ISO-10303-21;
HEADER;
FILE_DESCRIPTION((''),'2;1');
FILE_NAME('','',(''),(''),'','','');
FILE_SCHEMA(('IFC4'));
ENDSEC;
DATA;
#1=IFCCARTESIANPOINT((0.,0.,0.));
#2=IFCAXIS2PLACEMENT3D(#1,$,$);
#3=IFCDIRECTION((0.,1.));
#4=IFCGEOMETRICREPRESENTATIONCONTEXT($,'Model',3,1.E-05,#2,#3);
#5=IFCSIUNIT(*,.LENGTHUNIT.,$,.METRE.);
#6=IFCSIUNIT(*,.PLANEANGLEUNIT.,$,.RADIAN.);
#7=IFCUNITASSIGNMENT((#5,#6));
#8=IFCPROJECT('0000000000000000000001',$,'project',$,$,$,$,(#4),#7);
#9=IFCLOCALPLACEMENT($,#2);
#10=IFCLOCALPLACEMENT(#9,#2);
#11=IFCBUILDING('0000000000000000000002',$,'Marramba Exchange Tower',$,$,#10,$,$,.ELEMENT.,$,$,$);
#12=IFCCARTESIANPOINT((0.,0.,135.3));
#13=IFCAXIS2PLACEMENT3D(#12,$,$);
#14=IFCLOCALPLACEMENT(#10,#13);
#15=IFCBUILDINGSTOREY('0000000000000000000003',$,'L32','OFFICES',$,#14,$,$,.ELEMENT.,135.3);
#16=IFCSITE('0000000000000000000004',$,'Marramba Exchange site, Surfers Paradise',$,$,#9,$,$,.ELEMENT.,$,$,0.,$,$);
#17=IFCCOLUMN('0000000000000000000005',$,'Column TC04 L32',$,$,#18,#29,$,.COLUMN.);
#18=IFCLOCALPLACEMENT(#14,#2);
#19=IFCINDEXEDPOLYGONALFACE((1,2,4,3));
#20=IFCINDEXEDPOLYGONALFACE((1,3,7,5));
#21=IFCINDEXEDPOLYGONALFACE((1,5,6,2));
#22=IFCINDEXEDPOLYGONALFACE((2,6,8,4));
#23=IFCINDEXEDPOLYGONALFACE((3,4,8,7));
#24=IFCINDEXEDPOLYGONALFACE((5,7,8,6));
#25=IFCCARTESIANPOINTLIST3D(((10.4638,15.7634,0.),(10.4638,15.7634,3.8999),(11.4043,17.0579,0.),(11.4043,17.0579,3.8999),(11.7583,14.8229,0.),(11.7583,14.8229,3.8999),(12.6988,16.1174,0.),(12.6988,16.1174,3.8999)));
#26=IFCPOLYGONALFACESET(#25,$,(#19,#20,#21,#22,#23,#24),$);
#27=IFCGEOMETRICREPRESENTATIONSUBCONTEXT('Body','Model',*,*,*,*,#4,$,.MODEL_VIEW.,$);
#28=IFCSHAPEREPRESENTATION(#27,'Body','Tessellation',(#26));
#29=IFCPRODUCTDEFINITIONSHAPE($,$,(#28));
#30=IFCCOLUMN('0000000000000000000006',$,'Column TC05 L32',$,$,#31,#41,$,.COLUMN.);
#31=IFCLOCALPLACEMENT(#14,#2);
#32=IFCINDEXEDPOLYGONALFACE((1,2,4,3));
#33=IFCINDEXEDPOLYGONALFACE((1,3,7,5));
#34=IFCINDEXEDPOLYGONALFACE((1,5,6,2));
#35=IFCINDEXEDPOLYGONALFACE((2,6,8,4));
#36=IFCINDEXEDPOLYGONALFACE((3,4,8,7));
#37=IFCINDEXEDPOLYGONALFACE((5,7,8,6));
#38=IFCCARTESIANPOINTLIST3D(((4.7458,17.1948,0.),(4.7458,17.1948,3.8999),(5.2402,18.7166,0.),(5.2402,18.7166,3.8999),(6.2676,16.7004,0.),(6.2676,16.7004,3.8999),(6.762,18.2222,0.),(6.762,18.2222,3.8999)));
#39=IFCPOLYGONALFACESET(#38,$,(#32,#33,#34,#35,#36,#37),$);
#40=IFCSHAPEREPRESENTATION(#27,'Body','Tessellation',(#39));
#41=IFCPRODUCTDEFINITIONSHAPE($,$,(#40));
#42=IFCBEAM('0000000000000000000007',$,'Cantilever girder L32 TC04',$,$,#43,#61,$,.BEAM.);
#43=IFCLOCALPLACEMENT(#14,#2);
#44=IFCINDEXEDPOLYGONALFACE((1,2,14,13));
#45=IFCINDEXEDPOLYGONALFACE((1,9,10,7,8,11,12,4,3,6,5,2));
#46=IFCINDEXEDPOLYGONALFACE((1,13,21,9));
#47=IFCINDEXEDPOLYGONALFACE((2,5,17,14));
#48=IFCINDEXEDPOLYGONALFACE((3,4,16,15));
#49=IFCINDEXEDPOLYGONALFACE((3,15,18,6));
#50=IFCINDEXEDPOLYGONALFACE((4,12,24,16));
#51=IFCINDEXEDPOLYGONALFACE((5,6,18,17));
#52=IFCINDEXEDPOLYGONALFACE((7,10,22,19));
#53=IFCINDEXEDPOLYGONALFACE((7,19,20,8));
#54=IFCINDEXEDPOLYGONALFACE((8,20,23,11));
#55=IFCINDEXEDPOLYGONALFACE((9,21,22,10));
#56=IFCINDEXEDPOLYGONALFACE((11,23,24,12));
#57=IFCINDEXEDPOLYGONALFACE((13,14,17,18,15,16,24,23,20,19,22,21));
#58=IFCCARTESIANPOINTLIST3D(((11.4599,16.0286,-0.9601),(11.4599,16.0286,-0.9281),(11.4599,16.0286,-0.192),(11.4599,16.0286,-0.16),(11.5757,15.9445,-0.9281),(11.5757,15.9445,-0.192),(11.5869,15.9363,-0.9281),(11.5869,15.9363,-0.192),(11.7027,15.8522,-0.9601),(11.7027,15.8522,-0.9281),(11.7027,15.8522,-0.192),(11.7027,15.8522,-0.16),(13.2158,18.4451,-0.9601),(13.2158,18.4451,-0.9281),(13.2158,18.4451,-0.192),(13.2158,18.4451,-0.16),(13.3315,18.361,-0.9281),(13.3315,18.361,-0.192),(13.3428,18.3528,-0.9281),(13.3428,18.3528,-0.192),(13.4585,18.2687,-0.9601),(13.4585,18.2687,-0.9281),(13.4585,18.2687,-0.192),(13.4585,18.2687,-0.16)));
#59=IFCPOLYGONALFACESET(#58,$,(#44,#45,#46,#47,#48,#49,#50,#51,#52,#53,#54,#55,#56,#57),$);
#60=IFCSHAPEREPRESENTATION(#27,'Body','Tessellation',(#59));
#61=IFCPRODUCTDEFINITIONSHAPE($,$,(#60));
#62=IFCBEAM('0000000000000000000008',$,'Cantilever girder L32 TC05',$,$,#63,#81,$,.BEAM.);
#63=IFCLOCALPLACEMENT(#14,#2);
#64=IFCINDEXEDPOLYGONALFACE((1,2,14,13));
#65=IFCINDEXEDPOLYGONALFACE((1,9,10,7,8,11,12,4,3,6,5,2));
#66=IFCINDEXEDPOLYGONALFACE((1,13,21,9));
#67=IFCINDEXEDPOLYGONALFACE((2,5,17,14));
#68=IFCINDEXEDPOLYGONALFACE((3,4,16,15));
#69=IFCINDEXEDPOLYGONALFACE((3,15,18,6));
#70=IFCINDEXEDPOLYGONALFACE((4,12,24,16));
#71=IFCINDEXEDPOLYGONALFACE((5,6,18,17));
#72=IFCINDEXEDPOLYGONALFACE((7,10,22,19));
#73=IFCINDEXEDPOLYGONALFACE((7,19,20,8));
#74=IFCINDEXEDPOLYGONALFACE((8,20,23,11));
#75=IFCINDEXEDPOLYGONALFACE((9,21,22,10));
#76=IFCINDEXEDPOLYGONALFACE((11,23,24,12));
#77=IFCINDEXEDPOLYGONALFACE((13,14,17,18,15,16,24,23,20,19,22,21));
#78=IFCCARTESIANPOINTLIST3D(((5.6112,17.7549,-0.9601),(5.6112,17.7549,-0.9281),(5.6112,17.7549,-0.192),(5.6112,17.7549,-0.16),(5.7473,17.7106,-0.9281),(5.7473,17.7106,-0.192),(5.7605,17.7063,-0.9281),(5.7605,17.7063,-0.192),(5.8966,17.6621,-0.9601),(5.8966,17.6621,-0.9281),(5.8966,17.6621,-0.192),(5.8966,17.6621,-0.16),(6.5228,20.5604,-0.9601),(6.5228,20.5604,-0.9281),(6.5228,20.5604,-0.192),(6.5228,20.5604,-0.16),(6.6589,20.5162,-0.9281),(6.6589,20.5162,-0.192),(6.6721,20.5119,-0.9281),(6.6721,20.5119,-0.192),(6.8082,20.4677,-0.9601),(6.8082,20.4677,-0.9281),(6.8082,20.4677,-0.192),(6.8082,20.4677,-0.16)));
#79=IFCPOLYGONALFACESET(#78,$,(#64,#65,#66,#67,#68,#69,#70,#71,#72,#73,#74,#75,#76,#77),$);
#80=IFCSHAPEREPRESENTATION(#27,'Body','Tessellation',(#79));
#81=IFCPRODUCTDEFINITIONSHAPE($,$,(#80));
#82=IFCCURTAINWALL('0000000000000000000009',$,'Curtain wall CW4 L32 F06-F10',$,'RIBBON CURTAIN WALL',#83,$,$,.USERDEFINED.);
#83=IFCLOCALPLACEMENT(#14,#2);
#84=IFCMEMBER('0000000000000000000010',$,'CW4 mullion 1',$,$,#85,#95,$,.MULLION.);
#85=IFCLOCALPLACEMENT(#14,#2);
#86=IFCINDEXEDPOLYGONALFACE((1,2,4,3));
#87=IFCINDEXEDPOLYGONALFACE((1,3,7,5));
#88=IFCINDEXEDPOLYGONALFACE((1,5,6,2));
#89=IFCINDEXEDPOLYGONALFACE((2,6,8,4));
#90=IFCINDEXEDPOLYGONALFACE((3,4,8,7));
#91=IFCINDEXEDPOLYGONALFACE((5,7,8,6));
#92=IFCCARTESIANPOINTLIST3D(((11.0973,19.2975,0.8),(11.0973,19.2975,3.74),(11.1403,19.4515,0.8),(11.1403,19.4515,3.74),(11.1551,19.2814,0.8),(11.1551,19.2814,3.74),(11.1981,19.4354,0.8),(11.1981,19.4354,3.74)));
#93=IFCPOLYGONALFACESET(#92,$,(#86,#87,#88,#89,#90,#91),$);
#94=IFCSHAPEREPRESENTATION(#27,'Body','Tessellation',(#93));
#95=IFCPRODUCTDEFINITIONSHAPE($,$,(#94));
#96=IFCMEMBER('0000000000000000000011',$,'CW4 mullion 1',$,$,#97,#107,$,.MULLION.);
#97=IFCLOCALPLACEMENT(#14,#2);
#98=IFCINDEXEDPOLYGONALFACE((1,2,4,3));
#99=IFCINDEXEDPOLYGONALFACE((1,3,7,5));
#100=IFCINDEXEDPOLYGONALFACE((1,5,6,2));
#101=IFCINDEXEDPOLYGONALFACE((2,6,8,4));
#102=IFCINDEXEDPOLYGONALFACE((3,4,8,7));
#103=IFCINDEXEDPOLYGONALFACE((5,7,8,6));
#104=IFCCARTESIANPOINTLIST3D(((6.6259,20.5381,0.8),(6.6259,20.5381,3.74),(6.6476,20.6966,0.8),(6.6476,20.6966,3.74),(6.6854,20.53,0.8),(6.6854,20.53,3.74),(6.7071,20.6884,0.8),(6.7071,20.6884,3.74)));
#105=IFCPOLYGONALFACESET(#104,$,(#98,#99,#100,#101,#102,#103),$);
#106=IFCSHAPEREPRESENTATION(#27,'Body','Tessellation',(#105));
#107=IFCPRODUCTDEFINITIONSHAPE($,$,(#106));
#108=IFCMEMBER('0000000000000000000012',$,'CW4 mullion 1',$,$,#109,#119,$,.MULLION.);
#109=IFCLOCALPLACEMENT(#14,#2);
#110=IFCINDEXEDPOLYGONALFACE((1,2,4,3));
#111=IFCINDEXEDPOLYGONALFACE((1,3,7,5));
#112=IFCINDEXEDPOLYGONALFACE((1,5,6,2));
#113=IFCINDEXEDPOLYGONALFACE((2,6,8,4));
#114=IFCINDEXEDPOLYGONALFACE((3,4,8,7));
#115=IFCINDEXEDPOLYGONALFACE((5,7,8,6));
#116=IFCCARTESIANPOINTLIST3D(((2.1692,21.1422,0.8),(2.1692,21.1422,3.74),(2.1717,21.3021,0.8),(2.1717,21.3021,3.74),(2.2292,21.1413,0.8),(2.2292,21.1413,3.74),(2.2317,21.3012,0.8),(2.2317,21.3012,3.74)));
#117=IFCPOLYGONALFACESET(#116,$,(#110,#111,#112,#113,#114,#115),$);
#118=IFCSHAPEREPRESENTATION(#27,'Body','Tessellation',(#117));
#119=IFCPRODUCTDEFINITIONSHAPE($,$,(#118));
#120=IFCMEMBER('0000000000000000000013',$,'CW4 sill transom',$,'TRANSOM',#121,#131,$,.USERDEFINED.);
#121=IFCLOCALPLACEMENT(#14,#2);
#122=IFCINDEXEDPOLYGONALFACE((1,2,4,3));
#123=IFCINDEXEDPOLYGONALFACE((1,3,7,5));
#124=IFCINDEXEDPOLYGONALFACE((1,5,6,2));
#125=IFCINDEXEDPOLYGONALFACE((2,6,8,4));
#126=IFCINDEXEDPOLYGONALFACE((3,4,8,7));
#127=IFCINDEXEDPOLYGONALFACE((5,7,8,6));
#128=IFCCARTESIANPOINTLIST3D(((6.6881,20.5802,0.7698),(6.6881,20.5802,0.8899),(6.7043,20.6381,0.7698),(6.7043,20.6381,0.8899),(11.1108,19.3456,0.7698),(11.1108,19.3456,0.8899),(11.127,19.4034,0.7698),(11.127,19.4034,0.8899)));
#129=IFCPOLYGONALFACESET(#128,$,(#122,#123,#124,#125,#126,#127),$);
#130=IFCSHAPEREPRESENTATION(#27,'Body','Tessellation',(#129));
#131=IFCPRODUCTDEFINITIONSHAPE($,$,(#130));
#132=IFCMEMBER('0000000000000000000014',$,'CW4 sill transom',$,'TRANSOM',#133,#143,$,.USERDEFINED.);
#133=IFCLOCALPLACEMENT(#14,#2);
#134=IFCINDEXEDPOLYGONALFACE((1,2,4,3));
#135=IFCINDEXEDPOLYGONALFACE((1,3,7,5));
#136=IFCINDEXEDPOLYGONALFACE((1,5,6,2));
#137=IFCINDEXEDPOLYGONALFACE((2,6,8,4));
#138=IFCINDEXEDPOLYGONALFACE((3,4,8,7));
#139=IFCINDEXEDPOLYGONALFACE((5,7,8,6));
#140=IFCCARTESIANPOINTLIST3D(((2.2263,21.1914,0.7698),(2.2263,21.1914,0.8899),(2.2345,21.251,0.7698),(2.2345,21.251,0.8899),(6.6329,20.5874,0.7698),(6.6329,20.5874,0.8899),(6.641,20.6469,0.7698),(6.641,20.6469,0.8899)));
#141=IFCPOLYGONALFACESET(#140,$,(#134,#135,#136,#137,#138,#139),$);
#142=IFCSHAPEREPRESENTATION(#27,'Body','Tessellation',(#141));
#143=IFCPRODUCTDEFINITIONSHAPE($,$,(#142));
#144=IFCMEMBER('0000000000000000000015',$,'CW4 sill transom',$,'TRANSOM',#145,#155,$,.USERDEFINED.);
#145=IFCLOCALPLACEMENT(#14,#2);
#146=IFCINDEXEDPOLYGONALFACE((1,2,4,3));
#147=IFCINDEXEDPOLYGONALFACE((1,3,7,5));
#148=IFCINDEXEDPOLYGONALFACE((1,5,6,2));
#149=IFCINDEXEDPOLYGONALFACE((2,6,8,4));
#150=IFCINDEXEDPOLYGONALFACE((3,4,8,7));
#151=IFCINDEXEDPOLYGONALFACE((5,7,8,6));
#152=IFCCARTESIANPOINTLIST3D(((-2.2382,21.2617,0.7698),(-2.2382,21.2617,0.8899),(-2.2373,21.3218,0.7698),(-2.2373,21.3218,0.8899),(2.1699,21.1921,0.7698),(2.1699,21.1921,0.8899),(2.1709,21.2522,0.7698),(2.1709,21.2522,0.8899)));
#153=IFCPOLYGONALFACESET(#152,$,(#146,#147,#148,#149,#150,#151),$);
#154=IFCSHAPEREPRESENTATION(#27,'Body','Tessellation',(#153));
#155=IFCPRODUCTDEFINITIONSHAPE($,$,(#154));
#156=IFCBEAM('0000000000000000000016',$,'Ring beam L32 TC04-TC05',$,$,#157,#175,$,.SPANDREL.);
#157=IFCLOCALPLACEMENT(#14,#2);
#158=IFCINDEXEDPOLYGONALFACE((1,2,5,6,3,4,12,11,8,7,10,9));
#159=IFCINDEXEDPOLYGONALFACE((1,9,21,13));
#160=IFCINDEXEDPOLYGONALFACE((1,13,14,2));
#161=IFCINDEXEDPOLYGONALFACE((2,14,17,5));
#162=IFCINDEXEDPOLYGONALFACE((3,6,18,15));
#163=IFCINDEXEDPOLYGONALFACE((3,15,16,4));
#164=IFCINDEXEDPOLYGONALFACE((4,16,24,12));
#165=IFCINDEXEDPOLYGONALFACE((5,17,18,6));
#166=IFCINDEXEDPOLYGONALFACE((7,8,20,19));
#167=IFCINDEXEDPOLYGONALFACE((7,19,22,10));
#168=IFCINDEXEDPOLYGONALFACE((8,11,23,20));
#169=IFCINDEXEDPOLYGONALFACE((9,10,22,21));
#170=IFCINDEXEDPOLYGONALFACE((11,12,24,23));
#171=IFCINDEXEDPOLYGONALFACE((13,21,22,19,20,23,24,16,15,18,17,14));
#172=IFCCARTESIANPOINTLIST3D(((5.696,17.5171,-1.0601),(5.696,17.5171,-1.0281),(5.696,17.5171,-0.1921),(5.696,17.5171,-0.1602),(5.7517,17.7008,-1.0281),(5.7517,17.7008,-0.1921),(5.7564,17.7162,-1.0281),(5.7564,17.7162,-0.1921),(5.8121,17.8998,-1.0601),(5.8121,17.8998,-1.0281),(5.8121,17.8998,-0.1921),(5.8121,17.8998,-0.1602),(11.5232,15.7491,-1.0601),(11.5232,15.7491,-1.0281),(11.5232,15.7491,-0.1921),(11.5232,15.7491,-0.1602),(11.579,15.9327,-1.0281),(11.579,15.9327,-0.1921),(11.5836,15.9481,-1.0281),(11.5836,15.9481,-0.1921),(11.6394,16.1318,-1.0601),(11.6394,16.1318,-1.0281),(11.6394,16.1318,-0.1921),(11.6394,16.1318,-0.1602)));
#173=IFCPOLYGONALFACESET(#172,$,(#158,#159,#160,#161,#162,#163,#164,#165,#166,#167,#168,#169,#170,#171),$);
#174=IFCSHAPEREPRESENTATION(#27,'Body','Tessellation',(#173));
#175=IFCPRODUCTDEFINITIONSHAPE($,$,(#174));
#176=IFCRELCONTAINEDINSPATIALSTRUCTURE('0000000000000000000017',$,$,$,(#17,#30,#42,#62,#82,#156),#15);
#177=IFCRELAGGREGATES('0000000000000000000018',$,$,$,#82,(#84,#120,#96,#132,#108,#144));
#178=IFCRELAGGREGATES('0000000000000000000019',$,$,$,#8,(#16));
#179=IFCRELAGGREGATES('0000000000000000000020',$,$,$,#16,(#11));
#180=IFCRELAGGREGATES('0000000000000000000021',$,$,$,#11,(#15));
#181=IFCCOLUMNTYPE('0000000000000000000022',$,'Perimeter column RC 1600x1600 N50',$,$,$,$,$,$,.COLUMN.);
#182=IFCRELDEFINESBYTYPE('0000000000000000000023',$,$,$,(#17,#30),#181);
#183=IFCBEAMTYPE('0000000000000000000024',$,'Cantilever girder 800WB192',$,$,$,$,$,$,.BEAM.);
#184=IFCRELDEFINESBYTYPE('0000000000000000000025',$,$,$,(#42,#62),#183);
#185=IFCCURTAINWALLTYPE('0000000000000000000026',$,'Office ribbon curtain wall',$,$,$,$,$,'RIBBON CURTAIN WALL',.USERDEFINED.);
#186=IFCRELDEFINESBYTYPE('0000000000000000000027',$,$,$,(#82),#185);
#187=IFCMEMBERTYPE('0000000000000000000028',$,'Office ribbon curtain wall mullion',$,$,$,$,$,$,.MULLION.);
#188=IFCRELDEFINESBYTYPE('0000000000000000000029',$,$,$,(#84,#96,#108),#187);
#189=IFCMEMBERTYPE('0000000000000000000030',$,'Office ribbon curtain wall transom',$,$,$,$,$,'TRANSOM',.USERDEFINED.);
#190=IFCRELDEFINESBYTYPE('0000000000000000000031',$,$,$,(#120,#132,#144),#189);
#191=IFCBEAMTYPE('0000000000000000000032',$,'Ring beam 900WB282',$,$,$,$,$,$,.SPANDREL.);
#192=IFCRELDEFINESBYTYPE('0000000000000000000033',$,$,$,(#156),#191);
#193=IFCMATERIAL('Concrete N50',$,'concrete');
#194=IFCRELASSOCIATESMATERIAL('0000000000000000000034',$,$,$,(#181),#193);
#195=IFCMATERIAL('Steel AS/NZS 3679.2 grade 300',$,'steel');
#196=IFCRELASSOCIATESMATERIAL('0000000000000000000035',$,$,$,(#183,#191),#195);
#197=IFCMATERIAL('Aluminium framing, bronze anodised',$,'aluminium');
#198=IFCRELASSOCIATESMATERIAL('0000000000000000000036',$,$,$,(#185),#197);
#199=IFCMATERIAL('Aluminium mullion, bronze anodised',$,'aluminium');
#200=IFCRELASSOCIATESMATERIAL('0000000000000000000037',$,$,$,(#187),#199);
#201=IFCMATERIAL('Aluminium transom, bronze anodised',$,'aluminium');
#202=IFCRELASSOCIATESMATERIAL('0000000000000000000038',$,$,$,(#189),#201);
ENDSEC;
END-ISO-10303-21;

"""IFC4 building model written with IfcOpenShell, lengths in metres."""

from ifc_helpers import new_model, si_unit, direction, frame, origin, origin_2d, place, context, subcontext, project, spatial, rectangle, i_section, extrude, material, material_profile, profile_set, type_object, element, aggregate, save


model = new_model("IFC4")

# Units and contexts
model_context = context("Model", 3, precision=1e-05, world=origin(), true_north=direction((0.0, 1.0)))
body_context = subcontext(model_context, "Body", "Model", "MODEL_VIEW")
ifc_project = project(units=[si_unit("LENGTHUNIT", "METRE"), si_unit("PLANEANGLEUNIT", "RADIAN")], contexts=[model_context])

# Site, building, storey
site_placement = place(None, origin())
site = spatial("IfcSite", under=ifc_project, at=site_placement, Name="Marramba Exchange site, Surfers Paradise", CompositionType="ELEMENT", RefElevation=0.0)
building_placement = place(site_placement, origin())
building = spatial("IfcBuilding", under=site, at=building_placement, Name="Marramba Exchange Tower", CompositionType="ELEMENT")
storey_placement = place(building_placement, frame((0.0, 0.0, 135.3)))
storey = spatial("IfcBuildingStorey", under=building, at=storey_placement, Name="L32", Description="OFFICES", CompositionType="ELEMENT", Elevation=135.3)

# Columns
ifc_material_1 = material(Name="Concrete N50", Category="concrete")
ifc_material_profile_1 = material_profile(ifc_material_1, rectangle(XDim=1.6001, YDim=1.6001, at=origin_2d()), Name="RC 1600x1600")
ifc_profile_set_1 = profile_set([ifc_material_profile_1], Name="Concrete N50")
column_type = type_object("IfcColumnType", Name="Perimeter column RC 1600x1600 N50", PredefinedType="COLUMN", material=ifc_profile_set_1)
for number, where, z_axis, x_axis, name in (
    (1, (11.5813, 15.9404, 0.0), (0.0, 0.0, 1.0), (0.587785, 0.809017, 0.0), "Column TC04 L32"),
    (2, (5.7539, 17.7085, 0.0), (0.0, 0.0, 1.0), (0.309017, 0.951057, 0.0), "Column TC05 L32"),
):
    element("IfcColumn", number, at=place(storey_placement, frame(where, z_axis=z_axis, x_axis=x_axis)), inside=storey, type_object=column_type, Name=name, PredefinedType="COLUMN", context=body_context, shape_type="SweptSolid", body=[
        extrude(rectangle(XDim=1.6001, YDim=1.6001, at=origin_2d()), origin(), (0.0, 0.0, 1.0), 3.8999),
    ])

# Beams
ifc_material_2 = material(Name="Steel AS/NZS 3679.2 grade 300", Category="steel")
ifc_material_profile_2 = material_profile(ifc_material_2, i_section(OverallWidth=0.3, OverallDepth=0.8, WebThickness=0.0139, FlangeThickness=0.032, at=origin_2d()), Name="800WB192")
ifc_profile_set_2 = profile_set([ifc_material_profile_2], Name="Steel AS/NZS 3679.2 grade 300")
beam_type_1 = type_object("IfcBeamType", Name="Cantilever girder 800WB192", PredefinedType="BEAM", material=ifc_profile_set_2)
beam_1_placement = place(storey_placement, frame((11.5813, 15.9404, -0.5601), z_axis=(0.587822, 0.80899, 0.0), x_axis=(-0.80899, 0.587822, 0.0)))
element("IfcBeam", 3, at=beam_1_placement, inside=storey, type_object=beam_type_1, Name="Cantilever girder L32 TC04", PredefinedType="BEAM", context=body_context, shape_type="SweptSolid", body=[
    extrude(i_section(OverallWidth=0.3, OverallDepth=0.8, WebThickness=0.0139, FlangeThickness=0.032, at=origin_2d()), origin(), (0.0, 0.0, 1.0), 2.9871),
])
beam_2_placement = place(storey_placement, frame((5.7539, 17.7085, -0.5601), z_axis=(0.309019, 0.951056, 0.0), x_axis=(-0.951056, 0.309019, 0.0)))
element("IfcBeam", 4, at=beam_2_placement, inside=storey, type_object=beam_type_1, Name="Cantilever girder L32 TC05", PredefinedType="BEAM", context=body_context, shape_type="SweptSolid", body=[
    extrude(i_section(OverallWidth=0.3, OverallDepth=0.8, WebThickness=0.0139, FlangeThickness=0.032, at=origin_2d()), origin(), (0.0, 0.0, 1.0), 2.95),
])

# Curtain wall, members
ifc_material_3 = material(Name="Aluminium framing, bronze anodised", Category="aluminium")
curtain_wall_type = type_object("IfcCurtainWallType", Name="Office ribbon curtain wall", ElementType="RIBBON CURTAIN WALL", PredefinedType="USERDEFINED", material=ifc_material_3)
curtain_wall_placement = place(storey_placement, origin())
curtain_wall = element("IfcCurtainWall", 5, at=curtain_wall_placement, inside=storey, type_object=curtain_wall_type, Name="Curtain wall CW4 L32 F06-F10", ObjectType="RIBBON CURTAIN WALL", PredefinedType="USERDEFINED")
ifc_material_4 = material(Name="Aluminium mullion, bronze anodised", Category="aluminium")
ifc_material_profile_3 = material_profile(ifc_material_4, rectangle(XDim=0.1599, YDim=0.0601, at=origin_2d()), Name="CW4 mullion 60x160")
ifc_profile_set_3 = profile_set([ifc_material_profile_3], Name="Aluminium mullion, bronze anodised")
member_type_1 = type_object("IfcMemberType", Name="Office ribbon curtain wall mullion", PredefinedType="MULLION", material=ifc_profile_set_3)
member_1_placement = place(storey_placement, frame((11.1477, 19.3665, 0.8), z_axis=(0.0, 0.0, 1.0), x_axis=(-0.268865, -0.963178, 0.0)))
member_1 = element("IfcMember", 6, at=member_1_placement, type_object=member_type_1, Name="CW4 mullion 1", PredefinedType="MULLION", context=body_context, shape_type="SweptSolid", body=[
    extrude(rectangle(XDim=0.1599, YDim=0.0601, at=origin_2d()), origin(), (0.0, 0.0, 1.0), 2.9399),
])
member_2_placement = place(storey_placement, frame((6.6665, 20.6133, 0.8), z_axis=(0.0, 0.0, 1.0), x_axis=(-0.135786, -0.990738, 0.0)))
member_2 = element("IfcMember", 7, at=member_2_placement, type_object=member_type_1, Name="CW4 mullion 1", PredefinedType="MULLION", context=body_context, shape_type="SweptSolid", body=[
    extrude(rectangle(XDim=0.1599, YDim=0.0601, at=origin_2d()), origin(), (0.0, 0.0, 1.0), 2.9399),
])
member_3_placement = place(storey_placement, frame((2.2004, 21.2217, 0.8), z_axis=(0.0, 0.0, 1.0), x_axis=(-0.015756, -0.999876, 0.0)))
member_3 = element("IfcMember", 8, at=member_3_placement, type_object=member_type_1, Name="CW4 mullion 1", PredefinedType="MULLION", context=body_context, shape_type="SweptSolid", body=[
    extrude(rectangle(XDim=0.1599, YDim=0.0601, at=origin_2d()), origin(), (0.0, 0.0, 1.0), 2.9399),
])
ifc_material_5 = material(Name="Aluminium transom, bronze anodised", Category="aluminium")
ifc_material_profile_4 = material_profile(ifc_material_5, rectangle(XDim=0.0601, YDim=0.1201, at=origin_2d()), Name="CW4 transom 60x120")
ifc_profile_set_4 = profile_set([ifc_material_profile_4], Name="Aluminium transom, bronze anodised")
member_type_2 = type_object("IfcMemberType", Name="Office ribbon curtain wall transom", ElementType="TRANSOM", PredefinedType="USERDEFINED", material=ifc_profile_set_4)
member_4_placement = place(storey_placement, frame((11.1189, 19.3745, 0.8298), z_axis=(-0.963174, 0.26888, 0.0), x_axis=(-0.26888, -0.963174, 0.0)))
member_4 = element("IfcMember", 9, at=member_4_placement, type_object=member_type_2, Name="CW4 sill transom", ObjectType="TRANSOM", PredefinedType="USERDEFINED", context=body_context, shape_type="SweptSolid", body=[
    extrude(rectangle(XDim=0.0601, YDim=0.1201, at=origin_2d()), origin(), (0.0, 0.0, 1.0), 4.5918),
])
member_5_placement = place(storey_placement, frame((6.637, 20.6172, 0.8298), z_axis=(-0.990736, 0.135801, 0.0), x_axis=(-0.135801, -0.990736, 0.0)))
member_5 = element("IfcMember", 10, at=member_5_placement, type_object=member_type_2, Name="CW4 sill transom", ObjectType="TRANSOM", PredefinedType="USERDEFINED", context=body_context, shape_type="SweptSolid", body=[
    extrude(rectangle(XDim=0.0601, YDim=0.1201, at=origin_2d()), origin(), (0.0, 0.0, 1.0), 4.4478),
])
member_6_placement = place(storey_placement, frame((2.1704, 21.2222, 0.8298), z_axis=(-0.999875, 0.015782, 0.0), x_axis=(-0.015782, -0.999875, 0.0)))
member_6 = element("IfcMember", 11, at=member_6_placement, type_object=member_type_2, Name="CW4 sill transom", ObjectType="TRANSOM", PredefinedType="USERDEFINED", context=body_context, shape_type="SweptSolid", body=[
    extrude(rectangle(XDim=0.0601, YDim=0.1201, at=origin_2d()), origin(), (0.0, 0.0, 1.0), 4.4087),
])

# Beam
ifc_material_profile_5 = material_profile(ifc_material_2, i_section(OverallWidth=0.3999, OverallDepth=0.8999, WebThickness=0.0161, FlangeThickness=0.032, at=origin_2d()), Name="900WB282")
ifc_profile_set_5 = profile_set([ifc_material_profile_5], Name="Steel AS/NZS 3679.2 grade 300")
beam_type_2 = type_object("IfcBeamType", Name="Ring beam 900WB282", PredefinedType="SPANDREL", material=ifc_profile_set_5)
beam_3_placement = place(storey_placement, frame((11.5813, 15.9404, -0.6101), z_axis=(-0.956925, 0.290337, 0.0), x_axis=(-0.290337, -0.956925, 0.0)))
element("IfcBeam", 12, at=beam_3_placement, inside=storey, type_object=beam_type_2, Name="Ring beam L32 TC04-TC05", PredefinedType="SPANDREL", context=body_context, shape_type="SweptSolid", body=[
    extrude(i_section(OverallWidth=0.3999, OverallDepth=0.8999, WebThickness=0.0161, FlangeThickness=0.032, at=origin_2d()), origin(), (0.0, 0.0, 1.0), 6.0896),
])

aggregate(curtain_wall, [member_1, member_4, member_2, member_5, member_3, member_6])

save(model, "model.ifc")
